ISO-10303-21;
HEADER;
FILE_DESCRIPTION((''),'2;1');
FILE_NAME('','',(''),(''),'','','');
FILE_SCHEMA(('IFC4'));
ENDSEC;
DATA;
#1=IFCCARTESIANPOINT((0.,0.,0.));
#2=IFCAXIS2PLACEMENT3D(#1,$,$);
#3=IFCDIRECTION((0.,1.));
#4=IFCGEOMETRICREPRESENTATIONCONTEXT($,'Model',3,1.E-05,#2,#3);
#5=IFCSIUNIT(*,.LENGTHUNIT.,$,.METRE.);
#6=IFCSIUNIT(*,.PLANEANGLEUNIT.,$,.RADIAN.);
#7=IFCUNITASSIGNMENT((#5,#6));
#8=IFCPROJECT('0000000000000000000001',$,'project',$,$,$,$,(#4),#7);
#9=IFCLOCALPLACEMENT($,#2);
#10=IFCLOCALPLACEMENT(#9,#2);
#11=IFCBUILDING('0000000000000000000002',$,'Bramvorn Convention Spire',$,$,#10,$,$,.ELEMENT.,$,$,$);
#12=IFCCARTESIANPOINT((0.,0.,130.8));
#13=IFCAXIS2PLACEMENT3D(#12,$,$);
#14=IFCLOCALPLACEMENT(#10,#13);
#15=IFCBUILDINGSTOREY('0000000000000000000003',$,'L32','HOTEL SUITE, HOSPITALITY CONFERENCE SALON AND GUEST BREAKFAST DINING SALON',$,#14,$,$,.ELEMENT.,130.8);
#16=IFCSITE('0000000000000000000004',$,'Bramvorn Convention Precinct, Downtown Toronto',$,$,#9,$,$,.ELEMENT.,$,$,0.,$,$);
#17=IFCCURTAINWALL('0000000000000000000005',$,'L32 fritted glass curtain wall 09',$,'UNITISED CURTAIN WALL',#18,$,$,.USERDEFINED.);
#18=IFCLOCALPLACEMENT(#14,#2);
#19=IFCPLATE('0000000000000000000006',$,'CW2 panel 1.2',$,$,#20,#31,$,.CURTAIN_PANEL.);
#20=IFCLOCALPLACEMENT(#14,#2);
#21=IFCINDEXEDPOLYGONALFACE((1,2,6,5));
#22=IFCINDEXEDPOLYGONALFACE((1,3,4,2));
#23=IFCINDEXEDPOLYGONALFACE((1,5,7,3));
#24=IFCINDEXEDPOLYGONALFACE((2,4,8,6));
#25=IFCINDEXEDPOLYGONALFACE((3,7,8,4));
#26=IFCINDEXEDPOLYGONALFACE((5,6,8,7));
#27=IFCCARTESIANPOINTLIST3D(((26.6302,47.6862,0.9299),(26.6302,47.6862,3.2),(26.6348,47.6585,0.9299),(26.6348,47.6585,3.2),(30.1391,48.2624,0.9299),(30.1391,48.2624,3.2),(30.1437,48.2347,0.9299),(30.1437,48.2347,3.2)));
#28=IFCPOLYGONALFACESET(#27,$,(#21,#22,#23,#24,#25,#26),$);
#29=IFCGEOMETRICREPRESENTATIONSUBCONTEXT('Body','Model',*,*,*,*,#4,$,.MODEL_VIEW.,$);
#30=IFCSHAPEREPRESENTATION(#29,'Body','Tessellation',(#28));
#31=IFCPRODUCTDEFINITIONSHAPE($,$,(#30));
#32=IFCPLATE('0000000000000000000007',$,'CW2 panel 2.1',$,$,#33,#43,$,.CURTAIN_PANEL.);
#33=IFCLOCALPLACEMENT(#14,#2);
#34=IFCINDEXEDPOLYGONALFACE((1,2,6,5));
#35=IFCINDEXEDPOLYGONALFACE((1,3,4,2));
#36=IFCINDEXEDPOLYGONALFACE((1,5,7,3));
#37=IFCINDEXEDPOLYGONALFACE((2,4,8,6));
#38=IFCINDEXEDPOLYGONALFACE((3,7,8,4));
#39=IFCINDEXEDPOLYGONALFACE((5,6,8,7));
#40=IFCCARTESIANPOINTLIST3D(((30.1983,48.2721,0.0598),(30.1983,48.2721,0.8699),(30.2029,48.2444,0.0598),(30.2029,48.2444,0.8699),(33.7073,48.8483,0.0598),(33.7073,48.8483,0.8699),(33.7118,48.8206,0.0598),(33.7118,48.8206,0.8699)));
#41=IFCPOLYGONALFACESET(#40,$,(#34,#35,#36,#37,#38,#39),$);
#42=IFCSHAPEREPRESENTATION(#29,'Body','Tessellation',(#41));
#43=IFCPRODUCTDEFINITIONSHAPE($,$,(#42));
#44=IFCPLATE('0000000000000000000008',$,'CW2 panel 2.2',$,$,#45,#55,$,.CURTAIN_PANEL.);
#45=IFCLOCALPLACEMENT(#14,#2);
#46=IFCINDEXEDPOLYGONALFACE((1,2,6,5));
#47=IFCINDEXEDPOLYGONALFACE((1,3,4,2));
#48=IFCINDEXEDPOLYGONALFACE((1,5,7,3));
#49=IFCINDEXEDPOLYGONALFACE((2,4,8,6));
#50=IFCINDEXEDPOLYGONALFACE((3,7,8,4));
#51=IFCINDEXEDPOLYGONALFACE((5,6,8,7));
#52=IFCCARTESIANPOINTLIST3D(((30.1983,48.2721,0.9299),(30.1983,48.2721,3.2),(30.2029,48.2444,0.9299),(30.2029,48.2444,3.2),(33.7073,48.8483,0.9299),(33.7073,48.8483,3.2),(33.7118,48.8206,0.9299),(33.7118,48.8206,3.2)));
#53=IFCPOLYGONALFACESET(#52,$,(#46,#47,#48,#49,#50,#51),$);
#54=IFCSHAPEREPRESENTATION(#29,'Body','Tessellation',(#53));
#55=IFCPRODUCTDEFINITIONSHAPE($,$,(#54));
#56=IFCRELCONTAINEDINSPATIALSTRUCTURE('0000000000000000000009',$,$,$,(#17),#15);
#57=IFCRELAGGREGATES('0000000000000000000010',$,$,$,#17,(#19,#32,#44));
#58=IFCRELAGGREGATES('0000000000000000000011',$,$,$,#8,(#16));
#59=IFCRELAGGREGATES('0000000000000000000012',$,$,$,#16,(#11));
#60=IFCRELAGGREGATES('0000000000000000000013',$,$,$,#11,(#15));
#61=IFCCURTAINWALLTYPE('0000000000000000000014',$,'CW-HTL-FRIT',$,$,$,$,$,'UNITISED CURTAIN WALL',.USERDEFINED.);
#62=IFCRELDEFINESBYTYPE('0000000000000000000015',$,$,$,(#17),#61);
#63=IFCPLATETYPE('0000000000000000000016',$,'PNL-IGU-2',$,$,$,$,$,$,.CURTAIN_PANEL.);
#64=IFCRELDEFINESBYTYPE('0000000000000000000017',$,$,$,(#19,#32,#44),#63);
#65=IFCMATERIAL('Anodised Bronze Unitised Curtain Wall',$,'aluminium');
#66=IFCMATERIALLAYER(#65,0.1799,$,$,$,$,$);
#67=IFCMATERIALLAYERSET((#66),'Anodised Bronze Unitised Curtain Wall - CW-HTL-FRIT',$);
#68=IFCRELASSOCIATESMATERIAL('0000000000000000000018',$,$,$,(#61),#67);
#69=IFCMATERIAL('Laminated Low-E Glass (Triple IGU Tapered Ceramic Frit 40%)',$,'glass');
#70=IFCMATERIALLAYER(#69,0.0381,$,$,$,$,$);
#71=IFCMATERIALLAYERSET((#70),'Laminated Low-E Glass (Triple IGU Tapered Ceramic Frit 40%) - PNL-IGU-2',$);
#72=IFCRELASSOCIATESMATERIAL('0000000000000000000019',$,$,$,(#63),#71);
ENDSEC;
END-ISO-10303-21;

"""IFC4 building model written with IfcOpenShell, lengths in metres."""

from ifc_helpers import new_model, si_unit, direction, frame, origin, origin_2d, place, context, subcontext, project, spatial, rectangle, extrude, material, layer, layer_set, type_object, element, aggregate, save


model = new_model("IFC4")

# Units and contexts
model_context = context("Model", 3, precision=1e-05, world=origin(), true_north=direction((0.0, 1.0)))
body_context = subcontext(model_context, "Body", "Model", "MODEL_VIEW")
ifc_project = project(units=[si_unit("LENGTHUNIT", "METRE"), si_unit("PLANEANGLEUNIT", "RADIAN")], contexts=[model_context])

# Site, building, storey
site_placement = place(None, origin())
site = spatial("IfcSite", under=ifc_project, at=site_placement, Name="Bramvorn Convention Precinct, Downtown Toronto", CompositionType="ELEMENT", RefElevation=0.0)
building_placement = place(site_placement, origin())
building = spatial("IfcBuilding", under=site, at=building_placement, Name="Bramvorn Convention Spire", CompositionType="ELEMENT")
storey_placement = place(building_placement, frame((0.0, 0.0, 130.8)))
storey = spatial("IfcBuildingStorey", under=building, at=storey_placement, Name="L32", Description="HOTEL SUITE, HOSPITALITY CONFERENCE SALON AND GUEST BREAKFAST DINING SALON", CompositionType="ELEMENT", Elevation=130.8)

# Shared definitions
ifc_material_1 = material(Name="Anodised Bronze Unitised Curtain Wall", Category="aluminium")
ifc_layer_1 = layer(ifc_material_1, 0.1799)
ifc_layer_set_1 = layer_set([ifc_layer_1], Name="Anodised Bronze Unitised Curtain Wall - CW-HTL-FRIT")
curtain_wall_type = type_object("IfcCurtainWallType", Name="CW-HTL-FRIT", ElementType="UNITISED CURTAIN WALL", PredefinedType="USERDEFINED", material=ifc_layer_set_1)

# Curtain wall
curtain_wall_1_placement = place(storey_placement, origin())
curtain_wall_1 = element("IfcCurtainWall", 1, at=curtain_wall_1_placement, inside=storey, type_object=curtain_wall_type, Name="L32 fritted glass curtain wall 09", ObjectType="UNITISED CURTAIN WALL", PredefinedType="USERDEFINED")

# Plates
ifc_material_2 = material(Name="Laminated Low-E Glass (Triple IGU Tapered Ceramic Frit 40%)", Category="glass")
ifc_layer_2 = layer(ifc_material_2, 0.0381)
ifc_layer_set_2 = layer_set([ifc_layer_2], Name="Laminated Low-E Glass (Triple IGU Tapered Ceramic Frit 40%) - PNL-IGU-2")
plate_type = type_object("IfcPlateType", Name="PNL-IGU-2", PredefinedType="CURTAIN_PANEL", material=ifc_layer_set_2)
plate_1_placement = place(storey_placement, frame((28.387, 47.9604, 0.9299), z_axis=(0.0, 0.0, 1.0), x_axis=(0.986783, 0.162046, 0.0)))
plate_1 = element("IfcPlate", 2, at=plate_1_placement, type_object=plate_type, Name="CW2 panel 1.2", PredefinedType="CURTAIN_PANEL", context=body_context, shape_type="SweptSolid", body=[
    extrude(rectangle(XDim=3.5559, YDim=0.0281, at=origin_2d()), origin(), (0.0, 0.0, 1.0), 2.27),
])
plate_2_placement = place(storey_placement, frame((31.9551, 48.5464, 0.0598), z_axis=(0.0, 0.0, 1.0), x_axis=(0.986783, 0.162046, 0.0)))
plate_2 = element("IfcPlate", 3, at=plate_2_placement, type_object=plate_type, Name="CW2 panel 2.1", PredefinedType="CURTAIN_PANEL", context=body_context, shape_type="SweptSolid", body=[
    extrude(rectangle(XDim=3.5559, YDim=0.0281, at=origin_2d()), origin(), (0.0, 0.0, 1.0), 0.8101),
])
plate_3_placement = place(storey_placement, frame((31.9551, 48.5464, 0.9299), z_axis=(0.0, 0.0, 1.0), x_axis=(0.986783, 0.162046, 0.0)))
plate_3 = element("IfcPlate", 4, at=plate_3_placement, type_object=plate_type, Name="CW2 panel 2.2", PredefinedType="CURTAIN_PANEL", context=body_context, shape_type="SweptSolid", body=[
    extrude(rectangle(XDim=3.5559, YDim=0.0281, at=origin_2d()), origin(), (0.0, 0.0, 1.0), 2.27),
])
aggregate(curtain_wall_1, [plate_1, plate_2, plate_3])

save(model, "model.ifc")
